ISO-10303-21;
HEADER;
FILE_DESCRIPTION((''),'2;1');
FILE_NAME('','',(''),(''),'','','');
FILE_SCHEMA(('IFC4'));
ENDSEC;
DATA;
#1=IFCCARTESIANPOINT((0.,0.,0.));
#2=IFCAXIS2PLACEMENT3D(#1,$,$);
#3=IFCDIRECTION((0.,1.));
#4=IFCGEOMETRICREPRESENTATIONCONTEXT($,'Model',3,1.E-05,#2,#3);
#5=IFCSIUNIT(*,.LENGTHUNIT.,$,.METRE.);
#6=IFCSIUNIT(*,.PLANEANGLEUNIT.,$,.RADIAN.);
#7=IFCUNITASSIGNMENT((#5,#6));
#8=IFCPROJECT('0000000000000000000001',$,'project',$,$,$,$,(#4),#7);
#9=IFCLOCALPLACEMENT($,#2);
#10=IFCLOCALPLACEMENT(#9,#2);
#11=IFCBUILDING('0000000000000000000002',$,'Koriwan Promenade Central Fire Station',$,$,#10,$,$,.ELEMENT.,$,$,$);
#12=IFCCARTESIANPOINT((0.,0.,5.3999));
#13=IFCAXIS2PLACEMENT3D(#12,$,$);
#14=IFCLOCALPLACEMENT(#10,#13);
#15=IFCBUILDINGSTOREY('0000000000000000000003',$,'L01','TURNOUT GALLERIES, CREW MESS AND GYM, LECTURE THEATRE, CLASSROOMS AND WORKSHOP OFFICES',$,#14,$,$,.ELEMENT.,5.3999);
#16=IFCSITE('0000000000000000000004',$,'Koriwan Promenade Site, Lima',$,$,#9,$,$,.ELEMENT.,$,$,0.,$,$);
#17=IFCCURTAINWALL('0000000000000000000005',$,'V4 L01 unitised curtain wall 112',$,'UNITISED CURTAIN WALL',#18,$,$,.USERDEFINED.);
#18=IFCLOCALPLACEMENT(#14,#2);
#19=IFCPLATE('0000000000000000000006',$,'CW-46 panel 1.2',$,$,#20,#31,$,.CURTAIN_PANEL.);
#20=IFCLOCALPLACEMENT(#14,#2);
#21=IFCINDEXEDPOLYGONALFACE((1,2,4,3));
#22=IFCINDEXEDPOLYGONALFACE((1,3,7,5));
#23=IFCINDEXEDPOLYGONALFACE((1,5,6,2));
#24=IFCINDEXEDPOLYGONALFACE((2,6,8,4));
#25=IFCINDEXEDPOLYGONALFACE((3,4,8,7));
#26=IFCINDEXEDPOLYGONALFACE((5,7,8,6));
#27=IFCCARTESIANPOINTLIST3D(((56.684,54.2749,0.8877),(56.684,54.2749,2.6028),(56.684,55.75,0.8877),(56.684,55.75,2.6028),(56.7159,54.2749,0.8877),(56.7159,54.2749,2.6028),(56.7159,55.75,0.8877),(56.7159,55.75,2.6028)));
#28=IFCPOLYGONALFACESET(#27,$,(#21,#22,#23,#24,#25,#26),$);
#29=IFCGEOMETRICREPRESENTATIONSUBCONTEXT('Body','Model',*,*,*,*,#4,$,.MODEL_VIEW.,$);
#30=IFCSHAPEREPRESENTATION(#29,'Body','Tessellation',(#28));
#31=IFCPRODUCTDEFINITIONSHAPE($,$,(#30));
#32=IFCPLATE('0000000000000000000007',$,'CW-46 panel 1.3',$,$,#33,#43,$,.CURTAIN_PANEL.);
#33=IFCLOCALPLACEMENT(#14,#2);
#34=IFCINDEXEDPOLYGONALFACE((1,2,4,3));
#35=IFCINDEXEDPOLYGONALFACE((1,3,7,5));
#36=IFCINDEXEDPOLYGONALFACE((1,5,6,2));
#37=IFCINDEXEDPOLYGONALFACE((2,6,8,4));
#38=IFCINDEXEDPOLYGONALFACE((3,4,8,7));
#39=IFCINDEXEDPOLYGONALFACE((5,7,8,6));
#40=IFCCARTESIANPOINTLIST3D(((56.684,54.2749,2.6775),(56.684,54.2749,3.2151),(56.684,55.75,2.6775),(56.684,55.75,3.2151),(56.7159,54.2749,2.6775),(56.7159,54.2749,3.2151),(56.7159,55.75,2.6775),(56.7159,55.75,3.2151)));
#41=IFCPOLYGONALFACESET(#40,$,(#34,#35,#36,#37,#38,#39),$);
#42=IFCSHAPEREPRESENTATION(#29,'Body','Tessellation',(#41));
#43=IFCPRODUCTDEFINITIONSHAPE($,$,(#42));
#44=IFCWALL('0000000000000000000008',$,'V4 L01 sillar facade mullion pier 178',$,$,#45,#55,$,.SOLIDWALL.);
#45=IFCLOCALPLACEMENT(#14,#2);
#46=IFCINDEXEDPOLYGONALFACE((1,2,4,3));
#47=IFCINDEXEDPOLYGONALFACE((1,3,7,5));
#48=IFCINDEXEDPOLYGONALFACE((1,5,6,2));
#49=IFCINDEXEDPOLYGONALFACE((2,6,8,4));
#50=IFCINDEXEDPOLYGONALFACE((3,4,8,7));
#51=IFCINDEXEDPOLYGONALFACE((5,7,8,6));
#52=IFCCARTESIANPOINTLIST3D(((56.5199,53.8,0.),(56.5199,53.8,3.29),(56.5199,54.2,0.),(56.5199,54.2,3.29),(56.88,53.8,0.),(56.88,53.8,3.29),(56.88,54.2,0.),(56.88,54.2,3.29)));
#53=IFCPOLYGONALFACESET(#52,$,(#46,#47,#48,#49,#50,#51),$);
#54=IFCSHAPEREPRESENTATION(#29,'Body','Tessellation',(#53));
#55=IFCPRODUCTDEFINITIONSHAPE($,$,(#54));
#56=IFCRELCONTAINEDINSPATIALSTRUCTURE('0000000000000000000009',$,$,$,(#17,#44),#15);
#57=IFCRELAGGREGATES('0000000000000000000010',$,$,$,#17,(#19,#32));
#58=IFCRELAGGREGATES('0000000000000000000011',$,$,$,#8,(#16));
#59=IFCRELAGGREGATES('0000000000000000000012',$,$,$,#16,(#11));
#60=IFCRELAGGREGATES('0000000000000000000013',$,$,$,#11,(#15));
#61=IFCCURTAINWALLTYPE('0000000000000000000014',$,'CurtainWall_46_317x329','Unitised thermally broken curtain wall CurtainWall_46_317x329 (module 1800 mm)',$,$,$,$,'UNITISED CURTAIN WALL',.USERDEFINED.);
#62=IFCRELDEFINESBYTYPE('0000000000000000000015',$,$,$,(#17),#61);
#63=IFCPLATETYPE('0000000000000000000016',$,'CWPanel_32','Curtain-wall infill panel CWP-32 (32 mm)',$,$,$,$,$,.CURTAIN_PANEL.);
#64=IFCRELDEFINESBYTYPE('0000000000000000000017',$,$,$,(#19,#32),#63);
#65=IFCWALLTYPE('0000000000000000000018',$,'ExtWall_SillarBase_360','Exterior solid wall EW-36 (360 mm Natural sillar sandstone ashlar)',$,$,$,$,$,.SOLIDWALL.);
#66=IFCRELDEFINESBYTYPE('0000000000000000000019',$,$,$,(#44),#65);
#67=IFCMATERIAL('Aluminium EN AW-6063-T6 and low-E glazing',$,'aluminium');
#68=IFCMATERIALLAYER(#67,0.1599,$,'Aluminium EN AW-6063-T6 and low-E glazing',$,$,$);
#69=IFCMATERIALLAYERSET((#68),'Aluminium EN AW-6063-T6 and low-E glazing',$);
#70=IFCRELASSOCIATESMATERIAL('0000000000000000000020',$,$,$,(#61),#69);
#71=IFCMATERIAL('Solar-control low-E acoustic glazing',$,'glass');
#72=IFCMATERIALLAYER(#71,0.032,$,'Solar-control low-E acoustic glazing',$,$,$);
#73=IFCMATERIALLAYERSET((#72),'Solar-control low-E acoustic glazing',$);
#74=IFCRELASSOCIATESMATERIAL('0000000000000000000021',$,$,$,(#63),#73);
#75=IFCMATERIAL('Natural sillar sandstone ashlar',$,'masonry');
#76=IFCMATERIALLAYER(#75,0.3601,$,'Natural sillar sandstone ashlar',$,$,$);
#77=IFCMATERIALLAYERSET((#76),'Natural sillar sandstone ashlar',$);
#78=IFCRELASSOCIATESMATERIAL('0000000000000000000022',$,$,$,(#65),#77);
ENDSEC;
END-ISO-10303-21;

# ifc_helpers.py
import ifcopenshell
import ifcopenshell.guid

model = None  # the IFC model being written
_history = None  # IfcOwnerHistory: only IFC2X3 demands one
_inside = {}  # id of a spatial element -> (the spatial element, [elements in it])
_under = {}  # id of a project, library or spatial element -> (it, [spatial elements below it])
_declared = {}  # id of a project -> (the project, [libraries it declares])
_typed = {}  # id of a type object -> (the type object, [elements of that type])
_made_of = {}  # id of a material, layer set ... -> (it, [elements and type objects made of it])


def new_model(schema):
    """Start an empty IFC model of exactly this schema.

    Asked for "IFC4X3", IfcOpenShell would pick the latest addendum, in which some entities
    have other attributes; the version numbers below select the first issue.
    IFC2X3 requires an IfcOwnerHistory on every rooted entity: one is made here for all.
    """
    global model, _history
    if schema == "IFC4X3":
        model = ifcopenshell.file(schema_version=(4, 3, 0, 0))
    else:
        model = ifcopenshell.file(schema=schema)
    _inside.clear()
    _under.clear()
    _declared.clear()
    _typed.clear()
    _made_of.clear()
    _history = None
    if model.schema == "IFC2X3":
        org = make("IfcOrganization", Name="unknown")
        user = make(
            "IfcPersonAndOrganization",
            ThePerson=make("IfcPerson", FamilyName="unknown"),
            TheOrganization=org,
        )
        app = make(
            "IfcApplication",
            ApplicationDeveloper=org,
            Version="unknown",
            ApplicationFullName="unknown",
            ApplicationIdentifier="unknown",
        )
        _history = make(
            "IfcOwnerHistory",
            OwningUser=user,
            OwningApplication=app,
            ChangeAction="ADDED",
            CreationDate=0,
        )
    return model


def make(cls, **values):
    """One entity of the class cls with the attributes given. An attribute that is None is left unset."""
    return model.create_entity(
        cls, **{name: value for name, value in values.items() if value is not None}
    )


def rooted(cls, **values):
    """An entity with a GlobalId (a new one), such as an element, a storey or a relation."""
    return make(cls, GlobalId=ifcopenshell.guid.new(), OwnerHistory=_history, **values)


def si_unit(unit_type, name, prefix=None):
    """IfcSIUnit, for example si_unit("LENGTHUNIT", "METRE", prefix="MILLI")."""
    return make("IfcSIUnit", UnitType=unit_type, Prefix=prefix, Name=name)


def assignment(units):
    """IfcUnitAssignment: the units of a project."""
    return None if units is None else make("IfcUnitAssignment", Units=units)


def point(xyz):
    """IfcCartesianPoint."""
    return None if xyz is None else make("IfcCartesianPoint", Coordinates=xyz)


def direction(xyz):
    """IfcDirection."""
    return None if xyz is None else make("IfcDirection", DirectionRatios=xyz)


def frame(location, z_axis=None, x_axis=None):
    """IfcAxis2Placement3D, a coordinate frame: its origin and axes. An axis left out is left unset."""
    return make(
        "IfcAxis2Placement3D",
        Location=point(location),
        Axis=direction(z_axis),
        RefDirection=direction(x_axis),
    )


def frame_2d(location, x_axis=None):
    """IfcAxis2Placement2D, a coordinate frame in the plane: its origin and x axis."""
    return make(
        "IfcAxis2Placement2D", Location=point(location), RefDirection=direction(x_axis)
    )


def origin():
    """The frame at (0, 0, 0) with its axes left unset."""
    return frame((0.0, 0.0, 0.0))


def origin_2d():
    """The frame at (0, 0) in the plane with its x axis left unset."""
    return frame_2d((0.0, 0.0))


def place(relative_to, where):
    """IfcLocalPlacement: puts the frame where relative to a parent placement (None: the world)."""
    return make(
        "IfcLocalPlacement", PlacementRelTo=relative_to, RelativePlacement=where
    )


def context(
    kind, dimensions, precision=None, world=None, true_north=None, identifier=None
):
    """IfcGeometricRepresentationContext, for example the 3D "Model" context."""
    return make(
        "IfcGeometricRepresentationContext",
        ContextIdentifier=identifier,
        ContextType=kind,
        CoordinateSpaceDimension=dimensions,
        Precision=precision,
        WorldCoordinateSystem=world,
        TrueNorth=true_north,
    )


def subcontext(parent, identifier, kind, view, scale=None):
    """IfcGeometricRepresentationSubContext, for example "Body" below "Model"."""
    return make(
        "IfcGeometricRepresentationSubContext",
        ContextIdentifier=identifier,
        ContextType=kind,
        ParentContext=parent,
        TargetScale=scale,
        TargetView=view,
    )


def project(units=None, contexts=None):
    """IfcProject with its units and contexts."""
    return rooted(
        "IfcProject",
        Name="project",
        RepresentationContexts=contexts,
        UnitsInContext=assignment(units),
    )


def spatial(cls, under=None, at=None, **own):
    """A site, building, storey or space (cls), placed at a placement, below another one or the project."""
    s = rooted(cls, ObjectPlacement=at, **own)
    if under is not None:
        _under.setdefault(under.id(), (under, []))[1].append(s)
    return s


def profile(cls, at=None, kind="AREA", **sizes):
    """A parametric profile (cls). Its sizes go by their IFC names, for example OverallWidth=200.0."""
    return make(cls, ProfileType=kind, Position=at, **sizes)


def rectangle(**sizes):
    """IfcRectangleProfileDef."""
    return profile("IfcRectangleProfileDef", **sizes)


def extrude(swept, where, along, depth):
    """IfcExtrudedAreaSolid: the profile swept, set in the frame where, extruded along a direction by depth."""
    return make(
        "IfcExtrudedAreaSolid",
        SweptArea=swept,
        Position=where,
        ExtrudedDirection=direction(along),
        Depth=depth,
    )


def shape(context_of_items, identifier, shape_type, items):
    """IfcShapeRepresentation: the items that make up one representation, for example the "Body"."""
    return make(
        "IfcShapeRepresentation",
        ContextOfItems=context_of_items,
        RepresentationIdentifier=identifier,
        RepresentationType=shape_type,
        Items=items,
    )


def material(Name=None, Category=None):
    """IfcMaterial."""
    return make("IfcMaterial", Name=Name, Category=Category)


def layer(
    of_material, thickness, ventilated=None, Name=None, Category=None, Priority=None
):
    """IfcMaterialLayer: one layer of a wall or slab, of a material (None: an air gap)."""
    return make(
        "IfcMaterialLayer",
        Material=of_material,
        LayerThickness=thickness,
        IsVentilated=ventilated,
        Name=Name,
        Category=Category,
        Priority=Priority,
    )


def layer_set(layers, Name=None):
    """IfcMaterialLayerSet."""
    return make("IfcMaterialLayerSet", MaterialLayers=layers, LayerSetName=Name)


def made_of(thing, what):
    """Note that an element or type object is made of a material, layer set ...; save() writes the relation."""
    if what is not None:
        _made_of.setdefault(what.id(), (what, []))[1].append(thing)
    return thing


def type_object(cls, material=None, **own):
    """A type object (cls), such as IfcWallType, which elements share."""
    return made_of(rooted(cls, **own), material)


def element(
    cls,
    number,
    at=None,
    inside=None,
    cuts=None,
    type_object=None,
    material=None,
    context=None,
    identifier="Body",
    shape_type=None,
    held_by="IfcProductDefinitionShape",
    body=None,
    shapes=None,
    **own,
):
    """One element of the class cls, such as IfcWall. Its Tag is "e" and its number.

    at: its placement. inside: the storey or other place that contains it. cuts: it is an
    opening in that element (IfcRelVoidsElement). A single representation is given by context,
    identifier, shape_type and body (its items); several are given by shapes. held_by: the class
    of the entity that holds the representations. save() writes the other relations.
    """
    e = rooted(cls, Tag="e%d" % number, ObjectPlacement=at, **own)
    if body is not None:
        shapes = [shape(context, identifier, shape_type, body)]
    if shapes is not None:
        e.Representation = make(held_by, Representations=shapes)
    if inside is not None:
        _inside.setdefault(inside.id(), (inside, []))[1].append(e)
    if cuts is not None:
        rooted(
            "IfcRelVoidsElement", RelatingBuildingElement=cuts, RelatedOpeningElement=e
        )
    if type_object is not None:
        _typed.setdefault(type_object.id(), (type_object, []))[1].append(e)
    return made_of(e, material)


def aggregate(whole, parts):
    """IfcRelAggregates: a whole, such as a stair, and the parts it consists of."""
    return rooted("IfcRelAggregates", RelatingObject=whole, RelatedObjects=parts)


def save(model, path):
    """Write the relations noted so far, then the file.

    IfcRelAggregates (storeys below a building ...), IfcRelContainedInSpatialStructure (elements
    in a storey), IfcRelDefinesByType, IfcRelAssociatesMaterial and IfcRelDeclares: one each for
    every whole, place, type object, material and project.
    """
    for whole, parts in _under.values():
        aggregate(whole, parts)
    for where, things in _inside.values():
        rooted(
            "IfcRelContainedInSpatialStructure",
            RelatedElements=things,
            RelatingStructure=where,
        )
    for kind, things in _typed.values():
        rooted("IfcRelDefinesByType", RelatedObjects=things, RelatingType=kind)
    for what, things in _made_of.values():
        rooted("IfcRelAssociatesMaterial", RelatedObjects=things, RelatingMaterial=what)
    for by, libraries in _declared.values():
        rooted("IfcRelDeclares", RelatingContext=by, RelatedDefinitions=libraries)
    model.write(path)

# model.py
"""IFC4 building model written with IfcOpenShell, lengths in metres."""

from ifc_helpers import new_model, si_unit, direction, frame, frame_2d, origin, origin_2d, place, context, subcontext, project, spatial, rectangle, extrude, material, layer, layer_set, type_object, element, aggregate, save


model = new_model("IFC4")

# Units and contexts
model_context = context("Model", 3, precision=1e-05, world=origin(), true_north=direction((0.0, 1.0)))
body_context = subcontext(model_context, "Body", "Model", "MODEL_VIEW")
ifc_project = project(units=[si_unit("LENGTHUNIT", "METRE"), si_unit("PLANEANGLEUNIT", "RADIAN")], contexts=[model_context])

# Site, building, storey
site_placement = place(None, origin())
site = spatial("IfcSite", under=ifc_project, at=site_placement, Name="Koriwan Promenade Site, Lima", CompositionType="ELEMENT", RefElevation=0.0)
building_placement = place(site_placement, origin())
building = spatial("IfcBuilding", under=site, at=building_placement, Name="Koriwan Promenade Central Fire Station", CompositionType="ELEMENT")
storey_placement = place(building_placement, frame((0.0, 0.0, 5.3999)))
storey = spatial("IfcBuildingStorey", under=building, at=storey_placement, Name="L01", Description="TURNOUT GALLERIES, CREW MESS AND GYM, LECTURE THEATRE, CLASSROOMS AND WORKSHOP OFFICES", CompositionType="ELEMENT", Elevation=5.3999)

# Shared definitions
ifc_material_1 = material(Name="Aluminium EN AW-6063-T6 and low-E glazing", Category="aluminium")
ifc_layer_1 = layer(ifc_material_1, 0.1599, Name="Aluminium EN AW-6063-T6 and low-E glazing")
ifc_layer_set_1 = layer_set([ifc_layer_1], Name="Aluminium EN AW-6063-T6 and low-E glazing")
curtain_wall_type = type_object("IfcCurtainWallType", Name="CurtainWall_46_317x329", Description="Unitised thermally broken curtain wall CurtainWall_46_317x329 (module 1800 mm)", ElementType="UNITISED CURTAIN WALL", PredefinedType="USERDEFINED", material=ifc_layer_set_1)

# Curtain wall
curtain_wall_1_placement = place(storey_placement, origin())
curtain_wall_1 = element("IfcCurtainWall", 1, at=curtain_wall_1_placement, inside=storey, type_object=curtain_wall_type, Name="V4 L01 unitised curtain wall 112", ObjectType="UNITISED CURTAIN WALL", PredefinedType="USERDEFINED")

# Plates
ifc_material_2 = material(Name="Solar-control low-E acoustic glazing", Category="glass")
ifc_layer_2 = layer(ifc_material_2, 0.032, Name="Solar-control low-E acoustic glazing")
ifc_layer_set_2 = layer_set([ifc_layer_2], Name="Solar-control low-E acoustic glazing")
plate_type = type_object("IfcPlateType", Name="CWPanel_32", Description="Curtain-wall infill panel CWP-32 (32 mm)", PredefinedType="CURTAIN_PANEL", material=ifc_layer_set_2)
plate_1_placement = place(storey_placement, frame((56.7, 55.0125, 0.8877), z_axis=(0.0, 0.0, 1.0), x_axis=(0.0, 1.0, 0.0)))
plate_1 = element("IfcPlate", 2, at=plate_1_placement, type_object=plate_type, Name="CW-46 panel 1.2", PredefinedType="CURTAIN_PANEL", context=body_context, shape_type="SweptSolid", body=[
    extrude(rectangle(XDim=1.4751, YDim=0.032, at=origin_2d()), origin(), (0.0, 0.0, 1.0), 1.7151),
])
plate_2_placement = place(storey_placement, frame((56.7, 55.0125, 2.6775), z_axis=(0.0, 0.0, 1.0), x_axis=(0.0, 1.0, 0.0)))
plate_2 = element("IfcPlate", 3, at=plate_2_placement, type_object=plate_type, Name="CW-46 panel 1.3", PredefinedType="CURTAIN_PANEL", context=body_context, shape_type="SweptSolid", body=[
    extrude(rectangle(XDim=1.4751, YDim=0.032, at=origin_2d()), origin(), (0.0, 0.0, 1.0), 0.5376),
])
aggregate(curtain_wall_1, [plate_1, plate_2])

# Wall
ifc_material_3 = material(Name="Natural sillar sandstone ashlar", Category="masonry")
ifc_layer_3 = layer(ifc_material_3, 0.3601, Name="Natural sillar sandstone ashlar")
ifc_layer_set_3 = layer_set([ifc_layer_3], Name="Natural sillar sandstone ashlar")
wall_type = type_object("IfcWallType", Name="ExtWall_SillarBase_360", Description="Exterior solid wall EW-36 (360 mm Natural sillar sandstone ashlar)", PredefinedType="SOLIDWALL", material=ifc_layer_set_3)
wall_placement = place(storey_placement, frame((56.7, 53.8, 0.0), z_axis=(0.0, 0.0, 1.0), x_axis=(0.0, 1.0, 0.0)))
element("IfcWall", 4, at=wall_placement, inside=storey, type_object=wall_type, Name="V4 L01 sillar facade mullion pier 178", PredefinedType="SOLIDWALL", context=body_context, shape_type="SweptSolid", body=[
    extrude(rectangle(XDim=0.3999, YDim=0.3601, at=frame_2d((0.2, 0.0))), origin(), (0.0, 0.0, 1.0), 3.29),
])

save(model, "model.ifc")
